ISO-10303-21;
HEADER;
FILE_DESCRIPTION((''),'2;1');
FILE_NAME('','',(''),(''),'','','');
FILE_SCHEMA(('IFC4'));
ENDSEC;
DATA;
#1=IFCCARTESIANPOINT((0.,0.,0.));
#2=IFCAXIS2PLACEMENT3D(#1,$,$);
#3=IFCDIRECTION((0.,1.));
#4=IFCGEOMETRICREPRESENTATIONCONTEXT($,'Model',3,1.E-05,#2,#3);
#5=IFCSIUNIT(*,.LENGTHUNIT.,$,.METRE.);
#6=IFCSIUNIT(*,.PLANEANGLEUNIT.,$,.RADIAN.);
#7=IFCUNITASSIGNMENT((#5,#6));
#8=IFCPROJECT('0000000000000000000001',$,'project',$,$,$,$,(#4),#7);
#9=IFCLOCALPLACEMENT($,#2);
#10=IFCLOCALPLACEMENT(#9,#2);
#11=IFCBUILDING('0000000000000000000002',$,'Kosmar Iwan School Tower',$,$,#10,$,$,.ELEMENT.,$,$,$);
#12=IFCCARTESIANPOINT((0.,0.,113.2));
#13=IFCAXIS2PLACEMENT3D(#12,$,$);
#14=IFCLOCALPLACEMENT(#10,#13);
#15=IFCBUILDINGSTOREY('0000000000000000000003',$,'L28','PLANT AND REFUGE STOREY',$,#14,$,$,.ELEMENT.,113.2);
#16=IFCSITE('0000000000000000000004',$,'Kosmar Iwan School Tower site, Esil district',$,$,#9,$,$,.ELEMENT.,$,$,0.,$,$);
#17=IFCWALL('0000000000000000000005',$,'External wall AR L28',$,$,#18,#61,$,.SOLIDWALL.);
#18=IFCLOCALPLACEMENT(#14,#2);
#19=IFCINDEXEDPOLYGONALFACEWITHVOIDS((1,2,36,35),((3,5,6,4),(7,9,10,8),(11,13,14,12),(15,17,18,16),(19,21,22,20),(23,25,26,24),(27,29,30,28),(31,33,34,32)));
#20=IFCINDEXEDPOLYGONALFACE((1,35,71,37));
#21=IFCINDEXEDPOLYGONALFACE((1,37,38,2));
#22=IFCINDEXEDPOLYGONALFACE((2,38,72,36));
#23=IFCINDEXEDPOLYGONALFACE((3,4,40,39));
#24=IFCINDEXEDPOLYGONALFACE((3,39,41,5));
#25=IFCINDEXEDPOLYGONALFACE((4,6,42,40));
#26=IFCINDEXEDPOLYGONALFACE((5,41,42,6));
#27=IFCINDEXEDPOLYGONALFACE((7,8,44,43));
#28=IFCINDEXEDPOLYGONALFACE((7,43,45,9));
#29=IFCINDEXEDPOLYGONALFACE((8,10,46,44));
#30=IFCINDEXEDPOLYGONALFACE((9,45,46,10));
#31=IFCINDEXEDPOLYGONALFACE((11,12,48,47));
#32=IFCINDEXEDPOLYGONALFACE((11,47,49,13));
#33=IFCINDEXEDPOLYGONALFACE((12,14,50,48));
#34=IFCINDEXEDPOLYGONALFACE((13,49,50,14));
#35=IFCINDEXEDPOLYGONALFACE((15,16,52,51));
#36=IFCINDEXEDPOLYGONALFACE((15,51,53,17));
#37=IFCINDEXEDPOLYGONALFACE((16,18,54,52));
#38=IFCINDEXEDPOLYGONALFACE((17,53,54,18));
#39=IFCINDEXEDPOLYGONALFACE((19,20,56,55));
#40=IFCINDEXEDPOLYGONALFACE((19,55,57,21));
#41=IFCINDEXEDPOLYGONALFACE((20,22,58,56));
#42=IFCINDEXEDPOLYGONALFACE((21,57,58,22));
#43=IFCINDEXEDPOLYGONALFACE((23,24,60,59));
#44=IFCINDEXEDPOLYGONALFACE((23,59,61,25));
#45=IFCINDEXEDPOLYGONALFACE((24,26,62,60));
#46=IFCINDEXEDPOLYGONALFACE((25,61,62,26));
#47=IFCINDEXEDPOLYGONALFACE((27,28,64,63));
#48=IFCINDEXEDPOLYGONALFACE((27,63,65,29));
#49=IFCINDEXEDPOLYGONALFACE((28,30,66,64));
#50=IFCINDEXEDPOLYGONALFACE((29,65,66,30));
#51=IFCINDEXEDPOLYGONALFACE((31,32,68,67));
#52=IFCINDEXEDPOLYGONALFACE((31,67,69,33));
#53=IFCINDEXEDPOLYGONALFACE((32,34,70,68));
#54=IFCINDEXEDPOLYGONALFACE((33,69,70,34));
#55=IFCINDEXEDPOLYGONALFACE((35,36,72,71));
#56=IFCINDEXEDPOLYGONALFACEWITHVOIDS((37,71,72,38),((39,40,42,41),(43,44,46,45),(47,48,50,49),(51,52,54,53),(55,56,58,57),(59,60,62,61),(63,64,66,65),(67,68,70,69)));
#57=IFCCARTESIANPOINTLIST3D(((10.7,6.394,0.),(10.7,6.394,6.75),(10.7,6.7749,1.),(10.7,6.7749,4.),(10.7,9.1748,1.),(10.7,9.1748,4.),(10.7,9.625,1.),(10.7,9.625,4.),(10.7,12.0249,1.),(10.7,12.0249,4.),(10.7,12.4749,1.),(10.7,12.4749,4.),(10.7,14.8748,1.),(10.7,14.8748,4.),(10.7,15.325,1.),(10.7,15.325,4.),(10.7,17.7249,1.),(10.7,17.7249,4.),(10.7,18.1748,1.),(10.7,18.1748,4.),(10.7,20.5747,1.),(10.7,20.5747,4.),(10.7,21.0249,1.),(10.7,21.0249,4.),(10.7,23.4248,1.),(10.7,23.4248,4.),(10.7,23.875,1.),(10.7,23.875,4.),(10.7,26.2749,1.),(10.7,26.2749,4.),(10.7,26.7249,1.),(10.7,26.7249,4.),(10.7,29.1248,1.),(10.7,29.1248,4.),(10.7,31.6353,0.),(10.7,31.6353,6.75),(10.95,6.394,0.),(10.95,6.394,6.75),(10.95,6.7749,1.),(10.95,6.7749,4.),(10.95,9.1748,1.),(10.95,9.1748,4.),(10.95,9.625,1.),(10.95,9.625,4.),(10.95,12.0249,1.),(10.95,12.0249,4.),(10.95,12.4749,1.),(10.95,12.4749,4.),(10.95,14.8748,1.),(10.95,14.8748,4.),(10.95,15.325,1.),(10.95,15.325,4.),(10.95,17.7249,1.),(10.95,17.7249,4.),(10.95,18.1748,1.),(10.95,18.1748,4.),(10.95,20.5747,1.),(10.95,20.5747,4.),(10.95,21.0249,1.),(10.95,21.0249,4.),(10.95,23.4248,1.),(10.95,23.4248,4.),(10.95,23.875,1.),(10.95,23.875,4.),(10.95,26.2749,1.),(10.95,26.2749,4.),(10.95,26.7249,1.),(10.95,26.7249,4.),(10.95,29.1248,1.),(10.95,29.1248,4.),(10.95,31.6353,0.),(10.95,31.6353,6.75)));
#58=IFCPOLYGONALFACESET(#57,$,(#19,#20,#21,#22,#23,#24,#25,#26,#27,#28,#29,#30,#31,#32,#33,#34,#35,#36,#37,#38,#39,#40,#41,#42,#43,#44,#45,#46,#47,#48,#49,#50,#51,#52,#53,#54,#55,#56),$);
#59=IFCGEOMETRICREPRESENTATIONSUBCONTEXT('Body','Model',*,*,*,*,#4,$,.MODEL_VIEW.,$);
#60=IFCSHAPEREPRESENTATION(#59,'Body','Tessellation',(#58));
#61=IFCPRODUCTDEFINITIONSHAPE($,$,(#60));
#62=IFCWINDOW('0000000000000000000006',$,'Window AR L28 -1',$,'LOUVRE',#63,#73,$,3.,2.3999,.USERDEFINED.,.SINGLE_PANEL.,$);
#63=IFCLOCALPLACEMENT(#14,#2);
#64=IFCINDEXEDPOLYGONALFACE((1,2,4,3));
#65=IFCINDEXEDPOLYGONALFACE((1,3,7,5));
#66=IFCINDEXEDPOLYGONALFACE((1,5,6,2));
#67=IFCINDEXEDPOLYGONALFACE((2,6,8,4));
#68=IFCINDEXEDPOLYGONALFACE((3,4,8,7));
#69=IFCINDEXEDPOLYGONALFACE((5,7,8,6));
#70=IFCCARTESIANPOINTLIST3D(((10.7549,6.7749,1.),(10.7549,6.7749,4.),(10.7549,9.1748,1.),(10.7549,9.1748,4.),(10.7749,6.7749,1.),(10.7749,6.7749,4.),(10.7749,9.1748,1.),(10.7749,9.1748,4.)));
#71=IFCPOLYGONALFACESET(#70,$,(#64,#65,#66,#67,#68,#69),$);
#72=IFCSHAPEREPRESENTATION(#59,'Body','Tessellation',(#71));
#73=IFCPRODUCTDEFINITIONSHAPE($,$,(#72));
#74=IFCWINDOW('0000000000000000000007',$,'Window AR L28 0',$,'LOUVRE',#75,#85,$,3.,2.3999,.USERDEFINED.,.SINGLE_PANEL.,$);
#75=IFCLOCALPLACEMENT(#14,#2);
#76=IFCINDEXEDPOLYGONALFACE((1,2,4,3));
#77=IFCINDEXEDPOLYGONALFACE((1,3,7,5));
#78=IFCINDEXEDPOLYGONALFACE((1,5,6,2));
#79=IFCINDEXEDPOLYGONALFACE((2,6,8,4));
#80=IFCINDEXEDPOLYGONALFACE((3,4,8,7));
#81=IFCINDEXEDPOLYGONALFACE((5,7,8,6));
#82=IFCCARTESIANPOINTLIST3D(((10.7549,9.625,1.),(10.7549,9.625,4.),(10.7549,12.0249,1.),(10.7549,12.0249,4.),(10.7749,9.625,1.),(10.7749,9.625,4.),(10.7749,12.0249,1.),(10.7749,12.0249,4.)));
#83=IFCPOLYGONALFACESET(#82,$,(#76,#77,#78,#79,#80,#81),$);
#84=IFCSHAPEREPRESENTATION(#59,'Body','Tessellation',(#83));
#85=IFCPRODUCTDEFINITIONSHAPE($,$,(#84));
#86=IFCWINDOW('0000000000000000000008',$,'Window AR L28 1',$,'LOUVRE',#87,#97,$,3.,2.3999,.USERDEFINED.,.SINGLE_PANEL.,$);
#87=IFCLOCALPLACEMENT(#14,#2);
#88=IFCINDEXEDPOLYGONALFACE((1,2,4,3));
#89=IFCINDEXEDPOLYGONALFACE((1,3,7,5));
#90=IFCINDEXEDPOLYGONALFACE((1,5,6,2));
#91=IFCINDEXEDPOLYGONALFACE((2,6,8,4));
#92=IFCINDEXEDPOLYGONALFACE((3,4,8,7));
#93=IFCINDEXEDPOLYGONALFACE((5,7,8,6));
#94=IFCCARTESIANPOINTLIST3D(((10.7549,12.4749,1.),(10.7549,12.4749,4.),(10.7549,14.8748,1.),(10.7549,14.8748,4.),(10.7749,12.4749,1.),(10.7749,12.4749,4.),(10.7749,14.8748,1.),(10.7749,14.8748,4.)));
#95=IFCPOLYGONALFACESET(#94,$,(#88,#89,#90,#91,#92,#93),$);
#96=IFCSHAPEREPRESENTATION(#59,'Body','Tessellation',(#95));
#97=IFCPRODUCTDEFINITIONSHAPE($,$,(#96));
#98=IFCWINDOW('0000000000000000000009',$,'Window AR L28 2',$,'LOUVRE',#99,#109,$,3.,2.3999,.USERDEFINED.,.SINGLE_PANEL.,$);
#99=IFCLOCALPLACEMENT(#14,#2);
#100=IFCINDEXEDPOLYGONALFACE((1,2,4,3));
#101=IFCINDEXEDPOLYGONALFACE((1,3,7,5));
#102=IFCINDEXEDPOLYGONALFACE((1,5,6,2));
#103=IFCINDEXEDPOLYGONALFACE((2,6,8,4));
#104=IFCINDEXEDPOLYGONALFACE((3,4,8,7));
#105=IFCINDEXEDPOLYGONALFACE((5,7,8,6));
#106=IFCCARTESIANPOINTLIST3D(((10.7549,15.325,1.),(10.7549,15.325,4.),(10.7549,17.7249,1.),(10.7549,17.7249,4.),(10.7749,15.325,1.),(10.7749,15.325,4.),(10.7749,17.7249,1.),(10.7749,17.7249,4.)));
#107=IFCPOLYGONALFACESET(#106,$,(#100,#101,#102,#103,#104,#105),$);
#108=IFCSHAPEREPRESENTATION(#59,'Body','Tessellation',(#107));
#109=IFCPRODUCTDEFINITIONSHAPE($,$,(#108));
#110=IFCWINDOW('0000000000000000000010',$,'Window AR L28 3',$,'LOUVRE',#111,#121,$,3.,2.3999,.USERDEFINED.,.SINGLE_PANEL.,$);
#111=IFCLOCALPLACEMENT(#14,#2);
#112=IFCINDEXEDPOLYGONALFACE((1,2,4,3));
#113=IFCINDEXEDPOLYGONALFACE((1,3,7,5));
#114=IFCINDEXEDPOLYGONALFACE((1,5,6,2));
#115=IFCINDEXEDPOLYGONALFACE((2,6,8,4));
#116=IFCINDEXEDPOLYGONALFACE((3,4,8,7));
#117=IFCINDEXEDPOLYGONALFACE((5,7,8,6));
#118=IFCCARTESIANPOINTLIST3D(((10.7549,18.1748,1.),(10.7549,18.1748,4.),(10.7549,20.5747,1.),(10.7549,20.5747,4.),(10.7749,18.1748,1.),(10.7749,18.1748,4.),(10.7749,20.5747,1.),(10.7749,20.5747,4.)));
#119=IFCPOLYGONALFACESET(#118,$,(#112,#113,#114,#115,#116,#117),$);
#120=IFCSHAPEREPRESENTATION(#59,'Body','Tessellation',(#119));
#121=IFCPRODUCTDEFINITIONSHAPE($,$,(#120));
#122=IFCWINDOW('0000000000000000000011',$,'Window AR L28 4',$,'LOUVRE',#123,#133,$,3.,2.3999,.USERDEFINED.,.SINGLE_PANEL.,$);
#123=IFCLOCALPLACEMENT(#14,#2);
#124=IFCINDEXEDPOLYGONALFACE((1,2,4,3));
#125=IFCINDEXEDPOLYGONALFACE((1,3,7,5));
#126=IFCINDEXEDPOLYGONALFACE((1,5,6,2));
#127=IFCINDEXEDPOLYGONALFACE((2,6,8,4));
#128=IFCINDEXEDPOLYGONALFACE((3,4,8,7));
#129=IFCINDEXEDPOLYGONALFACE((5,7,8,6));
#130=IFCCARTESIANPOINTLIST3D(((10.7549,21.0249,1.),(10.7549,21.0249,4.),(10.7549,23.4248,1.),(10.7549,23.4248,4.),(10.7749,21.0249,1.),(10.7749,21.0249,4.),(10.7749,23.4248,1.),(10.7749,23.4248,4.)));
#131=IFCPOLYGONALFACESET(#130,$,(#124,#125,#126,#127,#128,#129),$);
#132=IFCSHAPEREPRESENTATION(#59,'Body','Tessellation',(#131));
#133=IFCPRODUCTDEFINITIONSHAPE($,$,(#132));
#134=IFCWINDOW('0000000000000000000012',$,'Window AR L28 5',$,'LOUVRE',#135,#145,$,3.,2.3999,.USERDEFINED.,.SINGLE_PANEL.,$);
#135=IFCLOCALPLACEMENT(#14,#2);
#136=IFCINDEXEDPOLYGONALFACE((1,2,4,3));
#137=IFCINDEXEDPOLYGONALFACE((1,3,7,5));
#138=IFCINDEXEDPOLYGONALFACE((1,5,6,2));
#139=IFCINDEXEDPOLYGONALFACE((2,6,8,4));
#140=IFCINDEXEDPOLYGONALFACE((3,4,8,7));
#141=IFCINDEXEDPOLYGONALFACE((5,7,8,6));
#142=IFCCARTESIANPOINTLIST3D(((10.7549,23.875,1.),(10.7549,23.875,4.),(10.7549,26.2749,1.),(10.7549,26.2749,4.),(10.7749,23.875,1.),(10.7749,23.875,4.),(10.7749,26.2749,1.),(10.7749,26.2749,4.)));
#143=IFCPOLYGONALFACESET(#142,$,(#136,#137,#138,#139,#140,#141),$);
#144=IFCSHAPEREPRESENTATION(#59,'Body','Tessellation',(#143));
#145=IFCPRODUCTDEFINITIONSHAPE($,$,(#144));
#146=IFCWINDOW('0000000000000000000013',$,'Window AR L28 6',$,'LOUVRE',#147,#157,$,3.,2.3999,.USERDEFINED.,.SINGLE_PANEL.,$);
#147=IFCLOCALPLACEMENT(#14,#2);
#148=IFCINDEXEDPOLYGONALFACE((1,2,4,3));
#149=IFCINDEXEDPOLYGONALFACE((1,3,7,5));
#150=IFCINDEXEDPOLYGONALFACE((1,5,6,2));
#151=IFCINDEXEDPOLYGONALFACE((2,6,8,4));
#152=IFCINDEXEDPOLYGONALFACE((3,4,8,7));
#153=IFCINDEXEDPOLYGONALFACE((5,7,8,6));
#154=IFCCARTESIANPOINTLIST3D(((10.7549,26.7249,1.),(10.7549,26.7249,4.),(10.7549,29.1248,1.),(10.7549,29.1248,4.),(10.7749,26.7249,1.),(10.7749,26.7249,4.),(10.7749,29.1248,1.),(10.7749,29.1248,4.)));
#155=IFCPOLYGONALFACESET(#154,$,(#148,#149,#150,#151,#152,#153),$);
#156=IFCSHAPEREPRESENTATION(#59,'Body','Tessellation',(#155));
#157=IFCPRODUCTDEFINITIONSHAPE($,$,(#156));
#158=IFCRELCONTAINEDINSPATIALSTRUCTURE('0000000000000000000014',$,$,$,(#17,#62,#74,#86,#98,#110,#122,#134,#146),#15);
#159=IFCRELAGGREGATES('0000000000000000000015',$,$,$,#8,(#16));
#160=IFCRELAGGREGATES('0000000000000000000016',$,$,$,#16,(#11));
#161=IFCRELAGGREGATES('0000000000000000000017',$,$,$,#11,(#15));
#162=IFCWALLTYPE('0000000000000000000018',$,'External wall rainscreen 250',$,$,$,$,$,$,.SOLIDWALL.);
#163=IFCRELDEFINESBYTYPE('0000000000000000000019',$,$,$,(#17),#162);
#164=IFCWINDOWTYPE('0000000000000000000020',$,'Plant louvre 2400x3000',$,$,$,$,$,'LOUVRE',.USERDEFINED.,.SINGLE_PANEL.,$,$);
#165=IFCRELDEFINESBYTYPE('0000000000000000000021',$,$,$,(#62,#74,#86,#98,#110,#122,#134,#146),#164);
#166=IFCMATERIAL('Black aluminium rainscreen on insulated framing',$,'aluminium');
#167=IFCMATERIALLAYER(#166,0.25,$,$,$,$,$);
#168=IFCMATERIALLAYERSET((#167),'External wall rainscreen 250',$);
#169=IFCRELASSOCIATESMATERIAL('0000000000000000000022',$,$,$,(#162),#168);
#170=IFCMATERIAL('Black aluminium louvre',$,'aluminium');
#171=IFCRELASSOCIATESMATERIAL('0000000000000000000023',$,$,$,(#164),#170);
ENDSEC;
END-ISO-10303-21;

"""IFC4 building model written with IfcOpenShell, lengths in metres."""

from ifc_helpers import new_model, si_unit, direction, frame, frame_2d, origin, place, context, subcontext, project, spatial, rectangle, extrude, material, layer, layer_set, type_object, element, fill, save


model = new_model("IFC4")

# Units and contexts
model_context = context("Model", 3, precision=1e-05, world=origin(), true_north=direction((0.0, 1.0)))
body_context = subcontext(model_context, "Body", "Model", "MODEL_VIEW")
ifc_project = project(units=[si_unit("LENGTHUNIT", "METRE"), si_unit("PLANEANGLEUNIT", "RADIAN")], contexts=[model_context])

# Site, building, storey
site_placement = place(None, origin())
site = spatial("IfcSite", under=ifc_project, at=site_placement, Name="Kosmar Iwan School Tower site, Esil district", CompositionType="ELEMENT", RefElevation=0.0)
building_placement = place(site_placement, origin())
building = spatial("IfcBuilding", under=site, at=building_placement, Name="Kosmar Iwan School Tower", CompositionType="ELEMENT")
storey_placement = place(building_placement, frame((0.0, 0.0, 113.2)))
storey = spatial("IfcBuildingStorey", under=building, at=storey_placement, Name="L28", Description="PLANT AND REFUGE STOREY", CompositionType="ELEMENT", Elevation=113.2)

# Wall, openings, windows
ifc_material_1 = material(Name="Black aluminium rainscreen on insulated framing", Category="aluminium")
ifc_layer = layer(ifc_material_1, 0.25)
ifc_layer_set = layer_set([ifc_layer], Name="External wall rainscreen 250")
wall_type = type_object("IfcWallType", Name="External wall rainscreen 250", PredefinedType="SOLIDWALL", material=ifc_layer_set)
ifc_material_2 = material(Name="Black aluminium louvre", Category="aluminium")
window_type = type_object("IfcWindowType", Name="Plant louvre 2400x3000", ElementType="LOUVRE", PartitioningType="SINGLE_PANEL", PredefinedType="USERDEFINED", material=ifc_material_2)
wall_1_placement = place(storey_placement, frame((10.825, 6.394, 0.0), z_axis=(0.0, 0.0, 1.0), x_axis=(0.0, 1.0, 0.0)))
wall_1 = element("IfcWall", 1, at=wall_1_placement, inside=storey, type_object=wall_type, Name="External wall AR L28", PredefinedType="SOLIDWALL", context=body_context, shape_type="SweptSolid", body=[
    extrude(rectangle(XDim=25.2412, YDim=0.25, at=frame_2d((12.6206, 0.0))), origin(), (0.0, 0.0, 1.0), 6.75),
])
opening_1_placement = place(wall_1_placement, frame((0.3809, 0.0, 1.0)))
opening_1 = element("IfcOpeningElement", 2, at=opening_1_placement, cuts=wall_1, PredefinedType="OPENING", context=body_context, shape_type="SweptSolid", body=[
    extrude(rectangle(XDim=2.3999, YDim=3.0, at=frame_2d((1.2, 1.5))), frame((0.0, 0.137, 0.0), z_axis=(0.0, -1.0, 0.0), x_axis=(1.0, 0.0, 0.0)), (0.0, 0.0, 1.0), 0.2739),
])
opening_2_placement = place(wall_1_placement, frame((3.231, 0.0, 1.0)))
opening_2 = element("IfcOpeningElement", 3, at=opening_2_placement, cuts=wall_1, PredefinedType="OPENING", context=body_context, shape_type="SweptSolid", body=[
    extrude(rectangle(XDim=2.3999, YDim=3.0, at=frame_2d((1.2, 1.5))), frame((0.0, 0.137, 0.0), z_axis=(0.0, -1.0, 0.0), x_axis=(1.0, 0.0, 0.0)), (0.0, 0.0, 1.0), 0.2739),
])
opening_3_placement = place(wall_1_placement, frame((6.0808, 0.0, 1.0)))
opening_3 = element("IfcOpeningElement", 4, at=opening_3_placement, cuts=wall_1, PredefinedType="OPENING", context=body_context, shape_type="SweptSolid", body=[
    extrude(rectangle(XDim=2.3999, YDim=3.0, at=frame_2d((1.2, 1.5))), frame((0.0, 0.137, 0.0), z_axis=(0.0, -1.0, 0.0), x_axis=(1.0, 0.0, 0.0)), (0.0, 0.0, 1.0), 0.2739),
])
opening_4_placement = place(wall_1_placement, frame((8.9309, 0.0, 1.0)))
opening_4 = element("IfcOpeningElement", 5, at=opening_4_placement, cuts=wall_1, PredefinedType="OPENING", context=body_context, shape_type="SweptSolid", body=[
    extrude(rectangle(XDim=2.3999, YDim=3.0, at=frame_2d((1.2, 1.5))), frame((0.0, 0.137, 0.0), z_axis=(0.0, -1.0, 0.0), x_axis=(1.0, 0.0, 0.0)), (0.0, 0.0, 1.0), 0.2739),
])
opening_5_placement = place(wall_1_placement, frame((11.7808, 0.0, 1.0)))
opening_5 = element("IfcOpeningElement", 6, at=opening_5_placement, cuts=wall_1, PredefinedType="OPENING", context=body_context, shape_type="SweptSolid", body=[
    extrude(rectangle(XDim=2.3999, YDim=3.0, at=frame_2d((1.2, 1.5))), frame((0.0, 0.137, 0.0), z_axis=(0.0, -1.0, 0.0), x_axis=(1.0, 0.0, 0.0)), (0.0, 0.0, 1.0), 0.2739),
])
opening_6_placement = place(wall_1_placement, frame((14.6309, 0.0, 1.0)))
opening_6 = element("IfcOpeningElement", 7, at=opening_6_placement, cuts=wall_1, PredefinedType="OPENING", context=body_context, shape_type="SweptSolid", body=[
    extrude(rectangle(XDim=2.3999, YDim=3.0, at=frame_2d((1.2, 1.5))), frame((0.0, 0.137, 0.0), z_axis=(0.0, -1.0, 0.0), x_axis=(1.0, 0.0, 0.0)), (0.0, 0.0, 1.0), 0.2739),
])
opening_7_placement = place(wall_1_placement, frame((17.481, 0.0, 1.0)))
opening_7 = element("IfcOpeningElement", 8, at=opening_7_placement, cuts=wall_1, PredefinedType="OPENING", context=body_context, shape_type="SweptSolid", body=[
    extrude(rectangle(XDim=2.3999, YDim=3.0, at=frame_2d((1.2, 1.5))), frame((0.0, 0.137, 0.0), z_axis=(0.0, -1.0, 0.0), x_axis=(1.0, 0.0, 0.0)), (0.0, 0.0, 1.0), 0.2739),
])
opening_8_placement = place(wall_1_placement, frame((20.3308, 0.0, 1.0)))
opening_8 = element("IfcOpeningElement", 9, at=opening_8_placement, cuts=wall_1, PredefinedType="OPENING", context=body_context, shape_type="SweptSolid", body=[
    extrude(rectangle(XDim=2.3999, YDim=3.0, at=frame_2d((1.2, 1.5))), frame((0.0, 0.137, 0.0), z_axis=(0.0, -1.0, 0.0), x_axis=(1.0, 0.0, 0.0)), (0.0, 0.0, 1.0), 0.2739),
])
window_1_placement = place(opening_1_placement, origin())
window_1 = element("IfcWindow", 10, at=window_1_placement, inside=storey, type_object=window_type, Name="Window AR L28 -1", ObjectType="LOUVRE", OverallHeight=3.0, OverallWidth=2.3999, PartitioningType="SINGLE_PANEL", PredefinedType="USERDEFINED", context=body_context, shape_type="SweptSolid", body=[
    extrude(rectangle(XDim=2.3999, YDim=3.0, at=frame_2d((1.2, 1.5))), frame((0.0, 0.0701, 0.0), z_axis=(0.0, -1.0, 0.0), x_axis=(1.0, 0.0, 0.0)), (0.0, 0.0, 1.0), 0.02),
])
fill(opening_1, window_1)
window_2_placement = place(opening_2_placement, origin())
window_2 = element("IfcWindow", 11, at=window_2_placement, inside=storey, type_object=window_type, Name="Window AR L28 0", ObjectType="LOUVRE", OverallHeight=3.0, OverallWidth=2.3999, PartitioningType="SINGLE_PANEL", PredefinedType="USERDEFINED", context=body_context, shape_type="SweptSolid", body=[
    extrude(rectangle(XDim=2.3999, YDim=3.0, at=frame_2d((1.2, 1.5))), frame((0.0, 0.0701, 0.0), z_axis=(0.0, -1.0, 0.0), x_axis=(1.0, 0.0, 0.0)), (0.0, 0.0, 1.0), 0.02),
])
fill(opening_2, window_2)
window_3_placement = place(opening_3_placement, origin())
window_3 = element("IfcWindow", 12, at=window_3_placement, inside=storey, type_object=window_type, Name="Window AR L28 1", ObjectType="LOUVRE", OverallHeight=3.0, OverallWidth=2.3999, PartitioningType="SINGLE_PANEL", PredefinedType="USERDEFINED", context=body_context, shape_type="SweptSolid", body=[
    extrude(rectangle(XDim=2.3999, YDim=3.0, at=frame_2d((1.2, 1.5))), frame((0.0, 0.0701, 0.0), z_axis=(0.0, -1.0, 0.0), x_axis=(1.0, 0.0, 0.0)), (0.0, 0.0, 1.0), 0.02),
])
fill(opening_3, window_3)
window_4_placement = place(opening_4_placement, origin())
window_4 = element("IfcWindow", 13, at=window_4_placement, inside=storey, type_object=window_type, Name="Window AR L28 2", ObjectType="LOUVRE", OverallHeight=3.0, OverallWidth=2.3999, PartitioningType="SINGLE_PANEL", PredefinedType="USERDEFINED", context=body_context, shape_type="SweptSolid", body=[
    extrude(rectangle(XDim=2.3999, YDim=3.0, at=frame_2d((1.2, 1.5))), frame((0.0, 0.0701, 0.0), z_axis=(0.0, -1.0, 0.0), x_axis=(1.0, 0.0, 0.0)), (0.0, 0.0, 1.0), 0.02),
])
fill(opening_4, window_4)
window_5_placement = place(opening_5_placement, origin())
window_5 = element("IfcWindow", 14, at=window_5_placement, inside=storey, type_object=window_type, Name="Window AR L28 3", ObjectType="LOUVRE", OverallHeight=3.0, OverallWidth=2.3999, PartitioningType="SINGLE_PANEL", PredefinedType="USERDEFINED", context=body_context, shape_type="SweptSolid", body=[
    extrude(rectangle(XDim=2.3999, YDim=3.0, at=frame_2d((1.2, 1.5))), frame((0.0, 0.0701, 0.0), z_axis=(0.0, -1.0, 0.0), x_axis=(1.0, 0.0, 0.0)), (0.0, 0.0, 1.0), 0.02),
])
fill(opening_5, window_5)
window_6_placement = place(opening_6_placement, origin())
window_6 = element("IfcWindow", 15, at=window_6_placement, inside=storey, type_object=window_type, Name="Window AR L28 4", ObjectType="LOUVRE", OverallHeight=3.0, OverallWidth=2.3999, PartitioningType="SINGLE_PANEL", PredefinedType="USERDEFINED", context=body_context, shape_type="SweptSolid", body=[
    extrude(rectangle(XDim=2.3999, YDim=3.0, at=frame_2d((1.2, 1.5))), frame((0.0, 0.0701, 0.0), z_axis=(0.0, -1.0, 0.0), x_axis=(1.0, 0.0, 0.0)), (0.0, 0.0, 1.0), 0.02),
])
fill(opening_6, window_6)
window_7_placement = place(opening_7_placement, origin())
window_7 = element("IfcWindow", 16, at=window_7_placement, inside=storey, type_object=window_type, Name="Window AR L28 5", ObjectType="LOUVRE", OverallHeight=3.0, OverallWidth=2.3999, PartitioningType="SINGLE_PANEL", PredefinedType="USERDEFINED", context=body_context, shape_type="SweptSolid", body=[
    extrude(rectangle(XDim=2.3999, YDim=3.0, at=frame_2d((1.2, 1.5))), frame((0.0, 0.0701, 0.0), z_axis=(0.0, -1.0, 0.0), x_axis=(1.0, 0.0, 0.0)), (0.0, 0.0, 1.0), 0.02),
])
fill(opening_7, window_7)
window_8_placement = place(opening_8_placement, origin())
window_8 = element("IfcWindow", 17, at=window_8_placement, inside=storey, type_object=window_type, Name="Window AR L28 6", ObjectType="LOUVRE", OverallHeight=3.0, OverallWidth=2.3999, PartitioningType="SINGLE_PANEL", PredefinedType="USERDEFINED", context=body_context, shape_type="SweptSolid", body=[
    extrude(rectangle(XDim=2.3999, YDim=3.0, at=frame_2d((1.2, 1.5))), frame((0.0, 0.0701, 0.0), z_axis=(0.0, -1.0, 0.0), x_axis=(1.0, 0.0, 0.0)), (0.0, 0.0, 1.0), 0.02),
])
fill(opening_8, window_8)

save(model, "model.ifc")
